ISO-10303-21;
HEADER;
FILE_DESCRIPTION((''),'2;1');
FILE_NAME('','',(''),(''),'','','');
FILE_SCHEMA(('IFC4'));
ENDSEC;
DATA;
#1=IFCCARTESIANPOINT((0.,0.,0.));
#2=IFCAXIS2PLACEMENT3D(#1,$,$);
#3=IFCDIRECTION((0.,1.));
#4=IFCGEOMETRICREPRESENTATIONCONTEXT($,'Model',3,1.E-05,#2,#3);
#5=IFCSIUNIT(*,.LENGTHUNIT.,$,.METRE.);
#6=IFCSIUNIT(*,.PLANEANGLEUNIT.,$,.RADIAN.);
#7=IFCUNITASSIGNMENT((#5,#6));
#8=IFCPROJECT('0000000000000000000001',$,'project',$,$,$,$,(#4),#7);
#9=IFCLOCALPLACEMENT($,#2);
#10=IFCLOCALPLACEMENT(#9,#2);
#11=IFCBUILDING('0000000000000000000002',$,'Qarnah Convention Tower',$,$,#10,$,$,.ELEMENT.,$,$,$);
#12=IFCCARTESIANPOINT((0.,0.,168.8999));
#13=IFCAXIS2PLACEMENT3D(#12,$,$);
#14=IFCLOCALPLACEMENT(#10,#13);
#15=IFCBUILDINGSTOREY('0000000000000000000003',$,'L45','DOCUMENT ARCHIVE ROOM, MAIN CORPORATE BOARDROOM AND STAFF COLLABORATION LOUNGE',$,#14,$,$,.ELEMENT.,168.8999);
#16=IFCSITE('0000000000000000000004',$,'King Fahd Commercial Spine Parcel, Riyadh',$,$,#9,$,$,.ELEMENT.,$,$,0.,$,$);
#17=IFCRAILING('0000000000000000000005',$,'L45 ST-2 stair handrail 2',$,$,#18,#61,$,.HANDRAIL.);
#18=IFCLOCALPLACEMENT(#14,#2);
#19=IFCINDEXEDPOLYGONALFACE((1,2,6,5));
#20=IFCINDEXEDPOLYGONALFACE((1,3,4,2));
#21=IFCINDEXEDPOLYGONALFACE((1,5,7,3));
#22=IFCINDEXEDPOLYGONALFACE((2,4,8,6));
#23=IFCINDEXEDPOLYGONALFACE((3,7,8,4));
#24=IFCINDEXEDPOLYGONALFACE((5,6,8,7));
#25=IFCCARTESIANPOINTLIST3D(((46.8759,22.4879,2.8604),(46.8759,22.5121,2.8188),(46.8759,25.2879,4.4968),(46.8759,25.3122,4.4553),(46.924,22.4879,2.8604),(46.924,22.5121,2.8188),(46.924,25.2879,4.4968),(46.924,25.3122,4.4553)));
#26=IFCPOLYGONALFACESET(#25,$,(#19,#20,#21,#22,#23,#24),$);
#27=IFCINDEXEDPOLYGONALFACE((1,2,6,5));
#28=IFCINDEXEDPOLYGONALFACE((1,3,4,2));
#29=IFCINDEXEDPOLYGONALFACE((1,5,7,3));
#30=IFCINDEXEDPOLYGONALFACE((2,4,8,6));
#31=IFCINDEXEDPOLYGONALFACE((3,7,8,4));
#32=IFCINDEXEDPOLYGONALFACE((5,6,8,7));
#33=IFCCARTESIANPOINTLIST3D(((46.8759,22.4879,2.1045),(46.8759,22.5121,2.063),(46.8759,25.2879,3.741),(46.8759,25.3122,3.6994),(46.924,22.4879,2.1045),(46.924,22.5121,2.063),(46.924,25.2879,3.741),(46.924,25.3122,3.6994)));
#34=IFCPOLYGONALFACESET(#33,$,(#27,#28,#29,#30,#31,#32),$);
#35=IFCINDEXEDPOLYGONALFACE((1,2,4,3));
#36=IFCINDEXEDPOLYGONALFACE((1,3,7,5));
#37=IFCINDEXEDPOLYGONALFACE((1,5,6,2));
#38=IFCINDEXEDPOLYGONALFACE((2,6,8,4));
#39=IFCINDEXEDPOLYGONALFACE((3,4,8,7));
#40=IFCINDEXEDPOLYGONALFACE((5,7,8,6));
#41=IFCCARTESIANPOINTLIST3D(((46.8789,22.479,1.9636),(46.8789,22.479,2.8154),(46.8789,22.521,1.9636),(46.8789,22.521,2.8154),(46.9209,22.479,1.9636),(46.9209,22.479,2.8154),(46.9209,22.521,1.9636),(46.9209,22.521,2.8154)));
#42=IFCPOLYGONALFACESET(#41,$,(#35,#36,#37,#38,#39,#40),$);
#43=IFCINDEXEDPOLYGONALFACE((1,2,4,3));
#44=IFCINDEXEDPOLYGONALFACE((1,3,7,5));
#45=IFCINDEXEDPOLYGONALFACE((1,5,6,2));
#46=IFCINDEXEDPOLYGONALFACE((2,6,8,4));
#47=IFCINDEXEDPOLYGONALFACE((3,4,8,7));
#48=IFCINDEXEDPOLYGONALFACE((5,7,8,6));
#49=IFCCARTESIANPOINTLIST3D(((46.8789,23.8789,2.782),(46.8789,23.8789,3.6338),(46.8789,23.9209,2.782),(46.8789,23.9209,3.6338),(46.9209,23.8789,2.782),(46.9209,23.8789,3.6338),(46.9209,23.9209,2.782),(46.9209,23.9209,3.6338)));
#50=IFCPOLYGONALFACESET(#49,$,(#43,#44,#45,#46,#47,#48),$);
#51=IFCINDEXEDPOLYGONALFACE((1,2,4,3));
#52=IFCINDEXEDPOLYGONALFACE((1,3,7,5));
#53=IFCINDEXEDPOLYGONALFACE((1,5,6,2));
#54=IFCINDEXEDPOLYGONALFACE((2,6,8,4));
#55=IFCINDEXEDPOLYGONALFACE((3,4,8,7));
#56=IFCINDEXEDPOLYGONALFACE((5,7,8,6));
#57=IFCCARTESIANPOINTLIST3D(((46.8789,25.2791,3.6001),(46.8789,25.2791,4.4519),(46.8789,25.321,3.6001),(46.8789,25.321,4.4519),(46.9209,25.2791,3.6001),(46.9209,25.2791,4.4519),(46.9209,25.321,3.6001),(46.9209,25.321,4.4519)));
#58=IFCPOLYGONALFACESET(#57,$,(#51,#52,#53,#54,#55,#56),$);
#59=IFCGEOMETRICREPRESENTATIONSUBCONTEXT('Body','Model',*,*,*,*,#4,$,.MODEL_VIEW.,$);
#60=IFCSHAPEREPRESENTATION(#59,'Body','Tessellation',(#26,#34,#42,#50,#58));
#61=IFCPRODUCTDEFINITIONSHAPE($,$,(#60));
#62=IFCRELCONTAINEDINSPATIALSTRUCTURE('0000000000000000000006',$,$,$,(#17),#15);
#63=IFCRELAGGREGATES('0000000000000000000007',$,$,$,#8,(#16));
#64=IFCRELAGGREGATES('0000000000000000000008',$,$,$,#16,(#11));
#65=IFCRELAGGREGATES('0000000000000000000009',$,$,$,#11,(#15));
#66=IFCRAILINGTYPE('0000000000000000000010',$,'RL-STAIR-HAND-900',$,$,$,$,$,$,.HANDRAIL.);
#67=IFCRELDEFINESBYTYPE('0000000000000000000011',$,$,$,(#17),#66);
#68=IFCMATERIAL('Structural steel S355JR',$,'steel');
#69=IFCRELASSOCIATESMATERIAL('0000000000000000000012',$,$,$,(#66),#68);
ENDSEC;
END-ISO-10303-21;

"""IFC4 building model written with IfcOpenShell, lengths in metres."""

from ifc_helpers import new_model, si_unit, direction, frame, origin, origin_2d, place, context, subcontext, project, spatial, rectangle, extrude, material, type_object, element, save


model = new_model("IFC4")

# Units and contexts
model_context = context("Model", 3, precision=1e-05, world=origin(), true_north=direction((0.0, 1.0)))
body_context = subcontext(model_context, "Body", "Model", "MODEL_VIEW")
ifc_project = project(units=[si_unit("LENGTHUNIT", "METRE"), si_unit("PLANEANGLEUNIT", "RADIAN")], contexts=[model_context])

# Site, building, storey
site_placement = place(None, origin())
site = spatial("IfcSite", under=ifc_project, at=site_placement, Name="King Fahd Commercial Spine Parcel, Riyadh", CompositionType="ELEMENT", RefElevation=0.0)
building_placement = place(site_placement, origin())
building = spatial("IfcBuilding", under=site, at=building_placement, Name="Qarnah Convention Tower", CompositionType="ELEMENT")
storey_placement = place(building_placement, frame((0.0, 0.0, 168.8999)))
storey = spatial("IfcBuildingStorey", under=building, at=storey_placement, Name="L45", Description="DOCUMENT ARCHIVE ROOM, MAIN CORPORATE BOARDROOM AND STAFF COLLABORATION LOUNGE", CompositionType="ELEMENT", Elevation=168.8999)

# Shared definitions
ifc_material_1 = material(Name="Structural steel S355JR", Category="steel")

# Railing
railing_type_1 = type_object("IfcRailingType", Name="RL-STAIR-HAND-900", PredefinedType="HANDRAIL", material=ifc_material_1)
railing_1_placement = place(storey_placement, frame((46.8999, 22.5, 1.9636)))
element("IfcRailing", 1, at=railing_1_placement, inside=storey, type_object=railing_type_1, Name="L45 ST-2 stair handrail 2", PredefinedType="HANDRAIL", context=body_context, shape_type="SweptSolid", body=[
    extrude(rectangle(XDim=0.0481, YDim=0.0481, at=origin_2d()), frame((0.0, 0.0, 0.876), z_axis=(0.0, 0.863361, 0.504587), x_axis=(-1.0, 0.0, 0.0)), (0.0, 0.0, 1.0), 3.2432),
    extrude(rectangle(XDim=0.0481, YDim=0.0481, at=origin_2d()), frame((0.0, 0.0, 0.1201), z_axis=(0.0, 0.863361, 0.504587), x_axis=(-1.0, 0.0, 0.0)), (0.0, 0.0, 1.0), 3.2432),
    extrude(rectangle(XDim=0.042, YDim=0.042, at=origin_2d()), origin(), (0.0, 0.0, 1.0), 0.8518),
    extrude(rectangle(XDim=0.042, YDim=0.042, at=origin_2d()), frame((0.0, 1.3999, 0.8184)), (0.0, 0.0, 1.0), 0.8518),
    extrude(rectangle(XDim=0.042, YDim=0.042, at=origin_2d()), frame((0.0, 2.8, 1.6365)), (0.0, 0.0, 1.0), 0.8518),
])

save(model, "model.ifc")
